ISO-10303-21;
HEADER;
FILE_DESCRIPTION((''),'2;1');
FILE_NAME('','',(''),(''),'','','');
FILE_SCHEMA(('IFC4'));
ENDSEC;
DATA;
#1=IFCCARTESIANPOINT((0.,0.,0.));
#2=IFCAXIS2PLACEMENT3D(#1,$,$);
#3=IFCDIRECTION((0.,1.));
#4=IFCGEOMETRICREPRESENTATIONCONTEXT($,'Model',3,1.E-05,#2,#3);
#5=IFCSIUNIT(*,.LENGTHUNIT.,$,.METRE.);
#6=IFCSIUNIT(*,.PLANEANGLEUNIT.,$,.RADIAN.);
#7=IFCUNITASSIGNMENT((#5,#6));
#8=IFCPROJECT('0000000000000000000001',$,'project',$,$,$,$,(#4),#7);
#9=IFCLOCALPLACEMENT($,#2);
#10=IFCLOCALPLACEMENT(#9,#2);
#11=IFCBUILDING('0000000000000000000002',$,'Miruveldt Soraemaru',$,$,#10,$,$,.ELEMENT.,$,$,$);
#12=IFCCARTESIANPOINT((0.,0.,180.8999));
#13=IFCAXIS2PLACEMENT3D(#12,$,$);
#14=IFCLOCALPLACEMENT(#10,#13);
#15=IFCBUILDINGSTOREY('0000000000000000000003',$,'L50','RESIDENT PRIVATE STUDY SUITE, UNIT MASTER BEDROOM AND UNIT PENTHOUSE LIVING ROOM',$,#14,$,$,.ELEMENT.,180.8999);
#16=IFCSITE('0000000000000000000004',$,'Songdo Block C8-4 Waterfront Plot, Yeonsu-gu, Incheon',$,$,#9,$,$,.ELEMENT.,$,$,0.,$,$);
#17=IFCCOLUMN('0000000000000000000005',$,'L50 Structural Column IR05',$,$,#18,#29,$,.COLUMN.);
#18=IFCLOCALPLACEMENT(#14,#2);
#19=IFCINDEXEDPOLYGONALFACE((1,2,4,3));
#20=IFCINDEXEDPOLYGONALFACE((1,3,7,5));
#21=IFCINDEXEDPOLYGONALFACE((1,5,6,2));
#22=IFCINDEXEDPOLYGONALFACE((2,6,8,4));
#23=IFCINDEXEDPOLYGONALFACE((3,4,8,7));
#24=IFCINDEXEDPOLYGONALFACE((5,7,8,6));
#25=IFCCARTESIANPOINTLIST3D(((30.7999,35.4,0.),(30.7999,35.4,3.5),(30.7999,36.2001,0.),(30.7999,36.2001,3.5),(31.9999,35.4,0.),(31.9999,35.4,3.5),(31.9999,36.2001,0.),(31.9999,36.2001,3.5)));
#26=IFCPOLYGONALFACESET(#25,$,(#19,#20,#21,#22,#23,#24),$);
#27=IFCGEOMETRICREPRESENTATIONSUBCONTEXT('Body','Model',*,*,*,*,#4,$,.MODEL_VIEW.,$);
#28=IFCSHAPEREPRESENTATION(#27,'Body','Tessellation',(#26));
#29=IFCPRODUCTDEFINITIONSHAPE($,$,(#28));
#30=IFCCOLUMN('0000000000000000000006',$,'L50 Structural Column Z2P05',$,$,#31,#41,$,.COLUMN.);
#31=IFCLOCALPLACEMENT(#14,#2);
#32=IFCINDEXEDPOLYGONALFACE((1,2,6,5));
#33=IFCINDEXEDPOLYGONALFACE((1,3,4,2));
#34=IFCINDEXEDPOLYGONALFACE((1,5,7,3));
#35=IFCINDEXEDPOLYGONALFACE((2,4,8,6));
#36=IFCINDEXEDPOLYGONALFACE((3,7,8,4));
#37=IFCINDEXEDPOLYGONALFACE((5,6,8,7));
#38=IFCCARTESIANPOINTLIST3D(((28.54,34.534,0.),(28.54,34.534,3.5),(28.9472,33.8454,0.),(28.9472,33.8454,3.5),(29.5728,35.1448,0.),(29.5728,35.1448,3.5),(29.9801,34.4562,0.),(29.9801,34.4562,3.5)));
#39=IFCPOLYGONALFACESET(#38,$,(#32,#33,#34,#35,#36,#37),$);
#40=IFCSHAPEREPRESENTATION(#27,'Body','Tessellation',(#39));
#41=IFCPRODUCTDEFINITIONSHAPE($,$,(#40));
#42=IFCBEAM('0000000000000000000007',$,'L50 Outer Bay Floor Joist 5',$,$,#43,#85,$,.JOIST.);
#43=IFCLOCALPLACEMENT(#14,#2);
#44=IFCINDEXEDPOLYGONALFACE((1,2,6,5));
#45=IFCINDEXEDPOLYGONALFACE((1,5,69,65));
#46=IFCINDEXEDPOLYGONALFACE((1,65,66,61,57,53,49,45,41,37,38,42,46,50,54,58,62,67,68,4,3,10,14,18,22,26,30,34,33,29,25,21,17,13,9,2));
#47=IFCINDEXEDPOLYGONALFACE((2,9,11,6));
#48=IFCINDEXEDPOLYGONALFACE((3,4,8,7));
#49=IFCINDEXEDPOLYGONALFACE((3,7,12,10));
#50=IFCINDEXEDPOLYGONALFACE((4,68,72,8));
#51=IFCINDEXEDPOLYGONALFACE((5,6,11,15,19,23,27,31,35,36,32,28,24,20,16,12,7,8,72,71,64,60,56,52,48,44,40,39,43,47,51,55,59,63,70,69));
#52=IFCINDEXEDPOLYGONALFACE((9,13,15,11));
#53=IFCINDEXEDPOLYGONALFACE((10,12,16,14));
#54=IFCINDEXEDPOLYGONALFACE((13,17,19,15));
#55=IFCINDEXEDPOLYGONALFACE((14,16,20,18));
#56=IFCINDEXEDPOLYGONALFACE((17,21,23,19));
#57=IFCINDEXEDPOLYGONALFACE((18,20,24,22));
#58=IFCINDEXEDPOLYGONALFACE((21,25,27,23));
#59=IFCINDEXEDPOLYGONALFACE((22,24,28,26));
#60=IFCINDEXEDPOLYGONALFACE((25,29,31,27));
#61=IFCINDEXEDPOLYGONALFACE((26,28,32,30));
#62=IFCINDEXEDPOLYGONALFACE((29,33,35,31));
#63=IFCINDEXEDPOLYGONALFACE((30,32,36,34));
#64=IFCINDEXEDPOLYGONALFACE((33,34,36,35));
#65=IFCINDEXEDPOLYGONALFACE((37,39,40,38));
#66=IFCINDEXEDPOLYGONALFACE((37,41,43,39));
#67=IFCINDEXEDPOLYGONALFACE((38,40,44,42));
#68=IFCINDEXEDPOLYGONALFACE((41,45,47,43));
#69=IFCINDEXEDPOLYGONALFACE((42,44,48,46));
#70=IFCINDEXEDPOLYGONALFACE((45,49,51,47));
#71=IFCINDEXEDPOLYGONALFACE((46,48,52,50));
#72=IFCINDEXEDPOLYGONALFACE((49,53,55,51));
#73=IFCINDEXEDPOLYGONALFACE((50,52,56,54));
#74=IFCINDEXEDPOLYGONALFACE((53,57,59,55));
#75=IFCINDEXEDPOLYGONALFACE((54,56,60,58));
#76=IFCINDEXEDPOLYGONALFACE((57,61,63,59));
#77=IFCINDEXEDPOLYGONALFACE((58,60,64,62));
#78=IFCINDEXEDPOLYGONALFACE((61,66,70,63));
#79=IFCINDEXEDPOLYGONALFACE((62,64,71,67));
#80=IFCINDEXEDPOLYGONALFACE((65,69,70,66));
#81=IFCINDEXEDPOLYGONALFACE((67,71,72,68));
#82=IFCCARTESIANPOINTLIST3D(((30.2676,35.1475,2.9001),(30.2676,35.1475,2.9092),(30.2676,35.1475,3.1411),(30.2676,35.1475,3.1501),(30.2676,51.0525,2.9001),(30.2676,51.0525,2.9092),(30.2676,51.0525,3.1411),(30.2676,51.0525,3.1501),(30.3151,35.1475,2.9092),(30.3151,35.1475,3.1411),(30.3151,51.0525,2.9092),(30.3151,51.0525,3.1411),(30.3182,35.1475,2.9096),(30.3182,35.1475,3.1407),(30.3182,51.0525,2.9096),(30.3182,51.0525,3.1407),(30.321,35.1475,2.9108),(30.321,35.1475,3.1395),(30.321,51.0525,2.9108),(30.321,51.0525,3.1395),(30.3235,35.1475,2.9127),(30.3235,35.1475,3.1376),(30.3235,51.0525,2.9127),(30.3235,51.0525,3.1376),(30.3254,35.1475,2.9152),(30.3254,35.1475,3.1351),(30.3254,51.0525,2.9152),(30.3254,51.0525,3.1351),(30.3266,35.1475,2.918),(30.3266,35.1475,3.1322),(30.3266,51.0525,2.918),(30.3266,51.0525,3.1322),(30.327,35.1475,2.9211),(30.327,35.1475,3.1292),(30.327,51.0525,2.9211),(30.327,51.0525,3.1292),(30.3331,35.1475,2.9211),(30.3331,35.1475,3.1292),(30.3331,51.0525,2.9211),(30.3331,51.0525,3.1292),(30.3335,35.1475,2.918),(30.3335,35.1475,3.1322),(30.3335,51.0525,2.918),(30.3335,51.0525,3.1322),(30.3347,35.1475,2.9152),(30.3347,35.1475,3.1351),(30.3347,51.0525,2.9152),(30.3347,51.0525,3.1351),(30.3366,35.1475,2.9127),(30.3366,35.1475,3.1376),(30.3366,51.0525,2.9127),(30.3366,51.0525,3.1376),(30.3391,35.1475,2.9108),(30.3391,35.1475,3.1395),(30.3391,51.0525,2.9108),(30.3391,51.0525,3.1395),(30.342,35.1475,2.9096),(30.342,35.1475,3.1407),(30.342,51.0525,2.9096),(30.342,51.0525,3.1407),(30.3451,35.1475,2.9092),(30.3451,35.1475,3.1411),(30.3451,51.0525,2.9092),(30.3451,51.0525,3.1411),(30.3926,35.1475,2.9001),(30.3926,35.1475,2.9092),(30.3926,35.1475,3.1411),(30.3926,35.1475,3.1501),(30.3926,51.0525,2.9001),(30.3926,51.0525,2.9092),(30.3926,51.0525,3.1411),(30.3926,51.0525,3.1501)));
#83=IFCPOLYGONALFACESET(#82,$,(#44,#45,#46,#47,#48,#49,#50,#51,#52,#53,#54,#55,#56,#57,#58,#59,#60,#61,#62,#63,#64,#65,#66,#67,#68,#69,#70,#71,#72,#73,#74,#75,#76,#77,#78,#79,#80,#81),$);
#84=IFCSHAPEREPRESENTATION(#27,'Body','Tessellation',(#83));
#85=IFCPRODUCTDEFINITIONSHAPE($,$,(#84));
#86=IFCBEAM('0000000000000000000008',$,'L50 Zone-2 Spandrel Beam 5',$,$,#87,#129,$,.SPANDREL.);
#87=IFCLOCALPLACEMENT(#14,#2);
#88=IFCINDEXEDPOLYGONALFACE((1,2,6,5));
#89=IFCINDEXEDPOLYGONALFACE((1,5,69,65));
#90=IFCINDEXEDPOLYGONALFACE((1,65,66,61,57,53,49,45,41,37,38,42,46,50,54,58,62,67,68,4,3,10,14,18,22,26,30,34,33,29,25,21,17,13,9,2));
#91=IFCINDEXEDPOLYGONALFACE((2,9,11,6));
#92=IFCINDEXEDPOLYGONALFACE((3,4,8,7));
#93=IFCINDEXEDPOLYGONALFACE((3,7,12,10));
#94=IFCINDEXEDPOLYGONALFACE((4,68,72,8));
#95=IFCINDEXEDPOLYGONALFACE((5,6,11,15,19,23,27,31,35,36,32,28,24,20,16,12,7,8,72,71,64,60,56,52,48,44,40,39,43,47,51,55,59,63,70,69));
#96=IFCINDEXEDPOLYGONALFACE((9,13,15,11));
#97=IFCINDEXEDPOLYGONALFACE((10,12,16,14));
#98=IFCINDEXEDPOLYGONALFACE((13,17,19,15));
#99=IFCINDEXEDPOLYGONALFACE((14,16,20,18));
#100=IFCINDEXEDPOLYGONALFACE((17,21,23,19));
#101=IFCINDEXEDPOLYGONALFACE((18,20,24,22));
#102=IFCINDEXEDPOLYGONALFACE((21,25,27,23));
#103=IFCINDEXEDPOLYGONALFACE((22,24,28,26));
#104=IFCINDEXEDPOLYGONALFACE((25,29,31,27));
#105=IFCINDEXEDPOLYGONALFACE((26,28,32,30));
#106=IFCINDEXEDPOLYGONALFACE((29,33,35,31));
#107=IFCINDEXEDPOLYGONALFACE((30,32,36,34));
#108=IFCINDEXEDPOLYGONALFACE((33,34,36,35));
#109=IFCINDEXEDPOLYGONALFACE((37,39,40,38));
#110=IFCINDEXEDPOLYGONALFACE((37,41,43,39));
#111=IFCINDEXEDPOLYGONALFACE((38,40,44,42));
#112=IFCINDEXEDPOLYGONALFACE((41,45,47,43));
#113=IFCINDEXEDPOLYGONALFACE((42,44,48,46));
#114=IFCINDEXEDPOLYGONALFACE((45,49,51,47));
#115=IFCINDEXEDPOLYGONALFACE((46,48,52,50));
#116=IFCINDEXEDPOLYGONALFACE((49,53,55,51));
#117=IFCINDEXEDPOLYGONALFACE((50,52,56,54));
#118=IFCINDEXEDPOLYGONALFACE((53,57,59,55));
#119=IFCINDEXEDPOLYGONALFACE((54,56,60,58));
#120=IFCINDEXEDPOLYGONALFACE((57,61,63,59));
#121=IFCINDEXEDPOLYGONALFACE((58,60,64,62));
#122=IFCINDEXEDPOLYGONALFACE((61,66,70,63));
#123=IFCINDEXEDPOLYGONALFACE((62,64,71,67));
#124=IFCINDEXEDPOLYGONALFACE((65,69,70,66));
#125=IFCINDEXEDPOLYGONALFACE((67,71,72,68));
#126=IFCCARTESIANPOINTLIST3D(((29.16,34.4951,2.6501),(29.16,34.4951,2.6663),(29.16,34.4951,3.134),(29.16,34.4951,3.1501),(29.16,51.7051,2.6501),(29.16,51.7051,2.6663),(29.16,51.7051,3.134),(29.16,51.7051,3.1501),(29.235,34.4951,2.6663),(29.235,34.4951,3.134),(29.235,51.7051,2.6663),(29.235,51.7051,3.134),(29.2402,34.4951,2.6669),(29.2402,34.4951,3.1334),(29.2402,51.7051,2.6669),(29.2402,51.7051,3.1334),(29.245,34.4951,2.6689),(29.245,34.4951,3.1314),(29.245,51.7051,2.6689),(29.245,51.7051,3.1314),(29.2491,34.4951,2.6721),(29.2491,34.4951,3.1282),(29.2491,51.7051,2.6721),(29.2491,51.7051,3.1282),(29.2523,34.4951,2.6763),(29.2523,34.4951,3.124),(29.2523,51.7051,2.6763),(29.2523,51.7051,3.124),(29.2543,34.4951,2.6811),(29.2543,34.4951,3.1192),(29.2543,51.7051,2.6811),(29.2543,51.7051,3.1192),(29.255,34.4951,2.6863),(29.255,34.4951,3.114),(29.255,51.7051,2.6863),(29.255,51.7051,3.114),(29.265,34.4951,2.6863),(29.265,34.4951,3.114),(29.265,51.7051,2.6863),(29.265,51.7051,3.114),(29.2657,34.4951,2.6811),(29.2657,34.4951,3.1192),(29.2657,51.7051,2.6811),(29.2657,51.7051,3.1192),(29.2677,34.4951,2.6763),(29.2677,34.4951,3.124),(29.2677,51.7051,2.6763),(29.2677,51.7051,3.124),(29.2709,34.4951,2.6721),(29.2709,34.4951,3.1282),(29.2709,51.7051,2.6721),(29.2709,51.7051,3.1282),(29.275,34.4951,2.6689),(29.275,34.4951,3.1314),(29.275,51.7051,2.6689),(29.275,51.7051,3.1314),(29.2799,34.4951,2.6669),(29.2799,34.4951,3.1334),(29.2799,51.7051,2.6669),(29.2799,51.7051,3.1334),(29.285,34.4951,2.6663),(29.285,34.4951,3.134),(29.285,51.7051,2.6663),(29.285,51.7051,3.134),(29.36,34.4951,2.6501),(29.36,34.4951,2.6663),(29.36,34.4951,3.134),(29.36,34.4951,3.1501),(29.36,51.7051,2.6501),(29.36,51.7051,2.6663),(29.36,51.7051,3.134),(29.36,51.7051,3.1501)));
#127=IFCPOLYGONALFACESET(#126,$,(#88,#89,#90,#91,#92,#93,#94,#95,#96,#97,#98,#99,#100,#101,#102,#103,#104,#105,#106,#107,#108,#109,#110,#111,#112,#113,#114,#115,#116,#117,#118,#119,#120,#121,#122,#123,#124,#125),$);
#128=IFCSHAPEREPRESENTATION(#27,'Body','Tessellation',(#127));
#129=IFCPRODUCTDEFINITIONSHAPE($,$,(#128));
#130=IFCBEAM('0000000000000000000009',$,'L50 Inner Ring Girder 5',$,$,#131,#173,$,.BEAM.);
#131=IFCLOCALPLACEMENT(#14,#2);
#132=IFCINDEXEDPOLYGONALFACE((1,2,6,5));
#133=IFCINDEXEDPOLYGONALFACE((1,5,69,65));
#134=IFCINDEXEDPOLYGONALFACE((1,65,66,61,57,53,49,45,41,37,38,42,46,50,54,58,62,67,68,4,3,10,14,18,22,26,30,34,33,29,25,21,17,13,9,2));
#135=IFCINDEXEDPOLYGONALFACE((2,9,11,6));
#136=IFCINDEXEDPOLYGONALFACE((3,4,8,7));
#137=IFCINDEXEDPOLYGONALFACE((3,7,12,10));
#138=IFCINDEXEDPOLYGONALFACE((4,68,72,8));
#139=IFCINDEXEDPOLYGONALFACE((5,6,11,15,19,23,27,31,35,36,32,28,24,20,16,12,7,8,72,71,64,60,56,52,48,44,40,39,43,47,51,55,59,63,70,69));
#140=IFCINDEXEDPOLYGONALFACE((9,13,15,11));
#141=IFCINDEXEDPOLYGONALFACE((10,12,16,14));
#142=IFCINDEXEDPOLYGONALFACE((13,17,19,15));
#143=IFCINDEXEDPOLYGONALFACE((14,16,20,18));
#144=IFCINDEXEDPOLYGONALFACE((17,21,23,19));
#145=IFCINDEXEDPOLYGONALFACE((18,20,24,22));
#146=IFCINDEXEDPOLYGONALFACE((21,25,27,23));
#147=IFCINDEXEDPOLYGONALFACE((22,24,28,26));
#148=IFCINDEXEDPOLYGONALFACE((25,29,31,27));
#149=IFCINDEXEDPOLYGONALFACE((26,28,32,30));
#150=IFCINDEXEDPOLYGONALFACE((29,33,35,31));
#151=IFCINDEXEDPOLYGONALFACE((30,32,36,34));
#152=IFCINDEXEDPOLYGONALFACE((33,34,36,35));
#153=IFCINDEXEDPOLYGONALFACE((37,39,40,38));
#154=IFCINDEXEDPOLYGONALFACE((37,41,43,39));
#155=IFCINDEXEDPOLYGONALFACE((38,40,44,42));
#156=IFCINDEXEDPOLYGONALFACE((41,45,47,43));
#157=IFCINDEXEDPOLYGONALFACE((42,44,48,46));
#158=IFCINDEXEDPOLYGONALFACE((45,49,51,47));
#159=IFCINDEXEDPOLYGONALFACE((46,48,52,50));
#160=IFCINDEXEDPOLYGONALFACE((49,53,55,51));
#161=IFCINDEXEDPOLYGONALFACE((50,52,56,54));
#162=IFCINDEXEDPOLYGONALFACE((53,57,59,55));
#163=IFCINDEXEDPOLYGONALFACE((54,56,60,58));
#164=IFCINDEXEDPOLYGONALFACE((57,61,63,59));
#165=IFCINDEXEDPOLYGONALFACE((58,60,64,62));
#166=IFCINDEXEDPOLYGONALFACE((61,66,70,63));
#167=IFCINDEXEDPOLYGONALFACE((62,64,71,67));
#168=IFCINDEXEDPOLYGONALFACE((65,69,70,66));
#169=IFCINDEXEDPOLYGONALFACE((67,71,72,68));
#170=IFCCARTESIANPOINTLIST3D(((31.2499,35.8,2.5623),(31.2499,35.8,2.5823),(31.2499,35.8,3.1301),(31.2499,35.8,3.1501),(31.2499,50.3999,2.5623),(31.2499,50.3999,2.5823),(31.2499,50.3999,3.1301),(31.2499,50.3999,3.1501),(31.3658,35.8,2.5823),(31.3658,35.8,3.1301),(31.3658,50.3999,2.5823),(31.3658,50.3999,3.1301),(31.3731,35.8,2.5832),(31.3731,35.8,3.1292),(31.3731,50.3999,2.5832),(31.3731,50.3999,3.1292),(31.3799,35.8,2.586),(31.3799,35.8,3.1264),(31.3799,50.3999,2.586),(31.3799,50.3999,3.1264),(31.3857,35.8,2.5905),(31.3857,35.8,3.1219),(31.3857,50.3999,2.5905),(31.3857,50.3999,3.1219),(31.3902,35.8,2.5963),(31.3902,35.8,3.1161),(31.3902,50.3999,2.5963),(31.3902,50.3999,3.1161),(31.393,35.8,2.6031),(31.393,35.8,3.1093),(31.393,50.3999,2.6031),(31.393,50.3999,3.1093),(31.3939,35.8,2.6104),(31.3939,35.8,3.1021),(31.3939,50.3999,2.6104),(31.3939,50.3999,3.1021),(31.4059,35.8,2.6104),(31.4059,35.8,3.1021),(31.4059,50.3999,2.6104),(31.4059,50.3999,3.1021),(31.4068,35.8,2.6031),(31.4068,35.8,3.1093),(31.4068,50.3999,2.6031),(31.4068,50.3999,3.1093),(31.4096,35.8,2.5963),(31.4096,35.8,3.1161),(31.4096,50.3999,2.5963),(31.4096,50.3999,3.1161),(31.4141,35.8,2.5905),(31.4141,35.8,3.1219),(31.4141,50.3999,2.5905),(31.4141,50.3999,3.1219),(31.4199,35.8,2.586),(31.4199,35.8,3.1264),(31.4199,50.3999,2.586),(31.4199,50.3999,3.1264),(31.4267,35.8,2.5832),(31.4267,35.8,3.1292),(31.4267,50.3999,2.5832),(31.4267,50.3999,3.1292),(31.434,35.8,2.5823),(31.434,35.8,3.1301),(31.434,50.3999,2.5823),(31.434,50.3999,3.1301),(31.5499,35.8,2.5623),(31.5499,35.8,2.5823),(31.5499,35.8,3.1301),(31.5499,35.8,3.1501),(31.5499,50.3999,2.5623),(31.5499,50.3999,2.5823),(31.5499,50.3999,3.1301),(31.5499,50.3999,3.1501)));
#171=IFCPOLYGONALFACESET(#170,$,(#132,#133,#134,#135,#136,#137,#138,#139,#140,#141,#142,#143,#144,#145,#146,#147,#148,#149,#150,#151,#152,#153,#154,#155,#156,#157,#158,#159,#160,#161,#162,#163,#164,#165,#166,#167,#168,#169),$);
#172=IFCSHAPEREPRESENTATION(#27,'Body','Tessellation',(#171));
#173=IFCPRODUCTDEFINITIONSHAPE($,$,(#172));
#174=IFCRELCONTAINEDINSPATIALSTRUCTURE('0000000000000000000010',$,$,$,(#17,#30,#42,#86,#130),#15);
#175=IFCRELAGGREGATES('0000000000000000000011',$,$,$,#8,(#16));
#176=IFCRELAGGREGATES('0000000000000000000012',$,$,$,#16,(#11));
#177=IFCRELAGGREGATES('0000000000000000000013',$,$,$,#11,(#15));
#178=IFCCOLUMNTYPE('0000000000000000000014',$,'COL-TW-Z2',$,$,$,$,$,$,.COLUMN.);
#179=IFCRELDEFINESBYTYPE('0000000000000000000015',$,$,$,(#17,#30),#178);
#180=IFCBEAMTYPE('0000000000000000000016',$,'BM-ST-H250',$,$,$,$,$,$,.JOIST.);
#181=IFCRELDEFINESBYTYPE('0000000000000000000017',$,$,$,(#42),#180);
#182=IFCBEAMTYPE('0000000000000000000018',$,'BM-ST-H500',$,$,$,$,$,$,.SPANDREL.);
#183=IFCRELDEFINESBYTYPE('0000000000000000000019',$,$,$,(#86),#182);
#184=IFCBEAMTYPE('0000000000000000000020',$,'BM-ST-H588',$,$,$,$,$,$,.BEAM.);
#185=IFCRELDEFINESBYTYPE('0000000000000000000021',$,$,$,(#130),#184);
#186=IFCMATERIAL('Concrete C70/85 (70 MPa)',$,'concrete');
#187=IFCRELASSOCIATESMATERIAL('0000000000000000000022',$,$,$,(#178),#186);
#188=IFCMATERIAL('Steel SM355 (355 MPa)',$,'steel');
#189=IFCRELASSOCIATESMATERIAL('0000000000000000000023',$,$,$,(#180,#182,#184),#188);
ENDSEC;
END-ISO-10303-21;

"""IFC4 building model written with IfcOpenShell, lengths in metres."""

from ifc_helpers import new_model, si_unit, direction, frame, origin, origin_2d, place, context, subcontext, project, spatial, rectangle, i_section, extrude, material, material_profile, profile_set, type_object, element, save


model = new_model("IFC4")

# Units and contexts
model_context = context("Model", 3, precision=1e-05, world=origin(), true_north=direction((0.0, 1.0)))
body_context = subcontext(model_context, "Body", "Model", "MODEL_VIEW")
ifc_project = project(units=[si_unit("LENGTHUNIT", "METRE"), si_unit("PLANEANGLEUNIT", "RADIAN")], contexts=[model_context])

# Site, building, storey
site_placement = place(None, origin())
site = spatial("IfcSite", under=ifc_project, at=site_placement, Name="Songdo Block C8-4 Waterfront Plot, Yeonsu-gu, Incheon", CompositionType="ELEMENT", RefElevation=0.0)
building_placement = place(site_placement, origin())
building = spatial("IfcBuilding", under=site, at=building_placement, Name="Miruveldt Soraemaru", CompositionType="ELEMENT")
storey_placement = place(building_placement, frame((0.0, 0.0, 180.8999)))
storey = spatial("IfcBuildingStorey", under=building, at=storey_placement, Name="L50", Description="RESIDENT PRIVATE STUDY SUITE, UNIT MASTER BEDROOM AND UNIT PENTHOUSE LIVING ROOM", CompositionType="ELEMENT", Elevation=180.8999)

# Columns
ifc_material_1 = material(Name="Concrete C70/85 (70 MPa)", Category="concrete")
ifc_material_profile_1 = material_profile(ifc_material_1, rectangle(XDim=1.2, YDim=0.8, at=origin_2d()), Name="Concrete C70/85 (70 MPa)", Category="concrete")
ifc_profile_set_1 = profile_set([ifc_material_profile_1], Name="Concrete C70/85 (70 MPa)")
column_type = type_object("IfcColumnType", Name="COL-TW-Z2", PredefinedType="COLUMN", material=ifc_profile_set_1)
for number, where, z_axis, x_axis, name in (
    (1, (31.3999, 35.8, 0.0), (0.0, 0.0, 1.0), (1.0, 0.0, 0.0), "L50 Structural Column IR05"),
    (2, (29.26, 34.4951, 0.0), (0.0, 0.0, 1.0), (0.860742, 0.509041, 0.0), "L50 Structural Column Z2P05"),
):
    element("IfcColumn", number, at=place(storey_placement, frame(where, z_axis=z_axis, x_axis=x_axis)), inside=storey, type_object=column_type, Name=name, PredefinedType="COLUMN", context=body_context, shape_type="SweptSolid", body=[
        extrude(rectangle(XDim=1.2, YDim=0.8, at=origin_2d()), origin(), (0.0, 0.0, 1.0), 3.5),
    ])

# Beams
ifc_material_2 = material(Name="Steel SM355 (355 MPa)", Category="steel")
ifc_material_profile_2 = material_profile(ifc_material_2, i_section(OverallWidth=0.125, OverallDepth=0.25, WebThickness=0.0061, FlangeThickness=0.009, FilletRadius=0.012, at=origin_2d()), Name="Steel SM355 (355 MPa)", Category="steel")
ifc_profile_set_2 = profile_set([ifc_material_profile_2], Name="Steel SM355 (355 MPa)")
beam_type_1 = type_object("IfcBeamType", Name="BM-ST-H250", PredefinedType="JOIST", material=ifc_profile_set_2)
beam_1_placement = place(storey_placement, frame((30.3301, 35.1475, 3.0251), z_axis=(0.0, 1.0, 0.0), x_axis=(-1.0, 0.0, 0.0)))
element("IfcBeam", 3, at=beam_1_placement, inside=storey, type_object=beam_type_1, Name="L50 Outer Bay Floor Joist 5", PredefinedType="JOIST", context=body_context, shape_type="SweptSolid", body=[
    extrude(i_section(OverallWidth=0.125, OverallDepth=0.25, WebThickness=0.0061, FlangeThickness=0.009, FilletRadius=0.012, at=origin_2d()), origin(), (0.0, 0.0, 1.0), 15.905),
])
ifc_material_profile_3 = material_profile(ifc_material_2, i_section(OverallWidth=0.2, OverallDepth=0.5, WebThickness=0.01, FlangeThickness=0.0161, FilletRadius=0.02, at=origin_2d()), Name="Steel SM355 (355 MPa)", Category="steel")
ifc_profile_set_3 = profile_set([ifc_material_profile_3], Name="Steel SM355 (355 MPa)")
beam_type_2 = type_object("IfcBeamType", Name="BM-ST-H500", PredefinedType="SPANDREL", material=ifc_profile_set_3)
beam_2_placement = place(storey_placement, frame((29.26, 34.4951, 2.9001), z_axis=(0.0, 1.0, 0.0), x_axis=(-1.0, 0.0, 0.0)))
element("IfcBeam", 4, at=beam_2_placement, inside=storey, type_object=beam_type_2, Name="L50 Zone-2 Spandrel Beam 5", PredefinedType="SPANDREL", context=body_context, shape_type="SweptSolid", body=[
    extrude(i_section(OverallWidth=0.2, OverallDepth=0.5, WebThickness=0.01, FlangeThickness=0.0161, FilletRadius=0.02, at=origin_2d()), origin(), (0.0, 0.0, 1.0), 17.21),
])
ifc_material_profile_4 = material_profile(ifc_material_2, i_section(OverallWidth=0.3, OverallDepth=0.5879, WebThickness=0.012, FlangeThickness=0.02, FilletRadius=0.0281, at=origin_2d()), Name="Steel SM355 (355 MPa)", Category="steel")
ifc_profile_set_4 = profile_set([ifc_material_profile_4], Name="Steel SM355 (355 MPa)")
beam_type_3 = type_object("IfcBeamType", Name="BM-ST-H588", PredefinedType="BEAM", material=ifc_profile_set_4)
beam_3_placement = place(storey_placement, frame((31.3999, 35.8, 2.8562), z_axis=(0.0, 1.0, 0.0), x_axis=(-1.0, 0.0, 0.0)))
element("IfcBeam", 5, at=beam_3_placement, inside=storey, type_object=beam_type_3, Name="L50 Inner Ring Girder 5", PredefinedType="BEAM", context=body_context, shape_type="SweptSolid", body=[
    extrude(i_section(OverallWidth=0.3, OverallDepth=0.5879, WebThickness=0.012, FlangeThickness=0.02, FilletRadius=0.0281, at=origin_2d()), origin(), (0.0, 0.0, 1.0), 14.5999),
])

save(model, "model.ifc")
